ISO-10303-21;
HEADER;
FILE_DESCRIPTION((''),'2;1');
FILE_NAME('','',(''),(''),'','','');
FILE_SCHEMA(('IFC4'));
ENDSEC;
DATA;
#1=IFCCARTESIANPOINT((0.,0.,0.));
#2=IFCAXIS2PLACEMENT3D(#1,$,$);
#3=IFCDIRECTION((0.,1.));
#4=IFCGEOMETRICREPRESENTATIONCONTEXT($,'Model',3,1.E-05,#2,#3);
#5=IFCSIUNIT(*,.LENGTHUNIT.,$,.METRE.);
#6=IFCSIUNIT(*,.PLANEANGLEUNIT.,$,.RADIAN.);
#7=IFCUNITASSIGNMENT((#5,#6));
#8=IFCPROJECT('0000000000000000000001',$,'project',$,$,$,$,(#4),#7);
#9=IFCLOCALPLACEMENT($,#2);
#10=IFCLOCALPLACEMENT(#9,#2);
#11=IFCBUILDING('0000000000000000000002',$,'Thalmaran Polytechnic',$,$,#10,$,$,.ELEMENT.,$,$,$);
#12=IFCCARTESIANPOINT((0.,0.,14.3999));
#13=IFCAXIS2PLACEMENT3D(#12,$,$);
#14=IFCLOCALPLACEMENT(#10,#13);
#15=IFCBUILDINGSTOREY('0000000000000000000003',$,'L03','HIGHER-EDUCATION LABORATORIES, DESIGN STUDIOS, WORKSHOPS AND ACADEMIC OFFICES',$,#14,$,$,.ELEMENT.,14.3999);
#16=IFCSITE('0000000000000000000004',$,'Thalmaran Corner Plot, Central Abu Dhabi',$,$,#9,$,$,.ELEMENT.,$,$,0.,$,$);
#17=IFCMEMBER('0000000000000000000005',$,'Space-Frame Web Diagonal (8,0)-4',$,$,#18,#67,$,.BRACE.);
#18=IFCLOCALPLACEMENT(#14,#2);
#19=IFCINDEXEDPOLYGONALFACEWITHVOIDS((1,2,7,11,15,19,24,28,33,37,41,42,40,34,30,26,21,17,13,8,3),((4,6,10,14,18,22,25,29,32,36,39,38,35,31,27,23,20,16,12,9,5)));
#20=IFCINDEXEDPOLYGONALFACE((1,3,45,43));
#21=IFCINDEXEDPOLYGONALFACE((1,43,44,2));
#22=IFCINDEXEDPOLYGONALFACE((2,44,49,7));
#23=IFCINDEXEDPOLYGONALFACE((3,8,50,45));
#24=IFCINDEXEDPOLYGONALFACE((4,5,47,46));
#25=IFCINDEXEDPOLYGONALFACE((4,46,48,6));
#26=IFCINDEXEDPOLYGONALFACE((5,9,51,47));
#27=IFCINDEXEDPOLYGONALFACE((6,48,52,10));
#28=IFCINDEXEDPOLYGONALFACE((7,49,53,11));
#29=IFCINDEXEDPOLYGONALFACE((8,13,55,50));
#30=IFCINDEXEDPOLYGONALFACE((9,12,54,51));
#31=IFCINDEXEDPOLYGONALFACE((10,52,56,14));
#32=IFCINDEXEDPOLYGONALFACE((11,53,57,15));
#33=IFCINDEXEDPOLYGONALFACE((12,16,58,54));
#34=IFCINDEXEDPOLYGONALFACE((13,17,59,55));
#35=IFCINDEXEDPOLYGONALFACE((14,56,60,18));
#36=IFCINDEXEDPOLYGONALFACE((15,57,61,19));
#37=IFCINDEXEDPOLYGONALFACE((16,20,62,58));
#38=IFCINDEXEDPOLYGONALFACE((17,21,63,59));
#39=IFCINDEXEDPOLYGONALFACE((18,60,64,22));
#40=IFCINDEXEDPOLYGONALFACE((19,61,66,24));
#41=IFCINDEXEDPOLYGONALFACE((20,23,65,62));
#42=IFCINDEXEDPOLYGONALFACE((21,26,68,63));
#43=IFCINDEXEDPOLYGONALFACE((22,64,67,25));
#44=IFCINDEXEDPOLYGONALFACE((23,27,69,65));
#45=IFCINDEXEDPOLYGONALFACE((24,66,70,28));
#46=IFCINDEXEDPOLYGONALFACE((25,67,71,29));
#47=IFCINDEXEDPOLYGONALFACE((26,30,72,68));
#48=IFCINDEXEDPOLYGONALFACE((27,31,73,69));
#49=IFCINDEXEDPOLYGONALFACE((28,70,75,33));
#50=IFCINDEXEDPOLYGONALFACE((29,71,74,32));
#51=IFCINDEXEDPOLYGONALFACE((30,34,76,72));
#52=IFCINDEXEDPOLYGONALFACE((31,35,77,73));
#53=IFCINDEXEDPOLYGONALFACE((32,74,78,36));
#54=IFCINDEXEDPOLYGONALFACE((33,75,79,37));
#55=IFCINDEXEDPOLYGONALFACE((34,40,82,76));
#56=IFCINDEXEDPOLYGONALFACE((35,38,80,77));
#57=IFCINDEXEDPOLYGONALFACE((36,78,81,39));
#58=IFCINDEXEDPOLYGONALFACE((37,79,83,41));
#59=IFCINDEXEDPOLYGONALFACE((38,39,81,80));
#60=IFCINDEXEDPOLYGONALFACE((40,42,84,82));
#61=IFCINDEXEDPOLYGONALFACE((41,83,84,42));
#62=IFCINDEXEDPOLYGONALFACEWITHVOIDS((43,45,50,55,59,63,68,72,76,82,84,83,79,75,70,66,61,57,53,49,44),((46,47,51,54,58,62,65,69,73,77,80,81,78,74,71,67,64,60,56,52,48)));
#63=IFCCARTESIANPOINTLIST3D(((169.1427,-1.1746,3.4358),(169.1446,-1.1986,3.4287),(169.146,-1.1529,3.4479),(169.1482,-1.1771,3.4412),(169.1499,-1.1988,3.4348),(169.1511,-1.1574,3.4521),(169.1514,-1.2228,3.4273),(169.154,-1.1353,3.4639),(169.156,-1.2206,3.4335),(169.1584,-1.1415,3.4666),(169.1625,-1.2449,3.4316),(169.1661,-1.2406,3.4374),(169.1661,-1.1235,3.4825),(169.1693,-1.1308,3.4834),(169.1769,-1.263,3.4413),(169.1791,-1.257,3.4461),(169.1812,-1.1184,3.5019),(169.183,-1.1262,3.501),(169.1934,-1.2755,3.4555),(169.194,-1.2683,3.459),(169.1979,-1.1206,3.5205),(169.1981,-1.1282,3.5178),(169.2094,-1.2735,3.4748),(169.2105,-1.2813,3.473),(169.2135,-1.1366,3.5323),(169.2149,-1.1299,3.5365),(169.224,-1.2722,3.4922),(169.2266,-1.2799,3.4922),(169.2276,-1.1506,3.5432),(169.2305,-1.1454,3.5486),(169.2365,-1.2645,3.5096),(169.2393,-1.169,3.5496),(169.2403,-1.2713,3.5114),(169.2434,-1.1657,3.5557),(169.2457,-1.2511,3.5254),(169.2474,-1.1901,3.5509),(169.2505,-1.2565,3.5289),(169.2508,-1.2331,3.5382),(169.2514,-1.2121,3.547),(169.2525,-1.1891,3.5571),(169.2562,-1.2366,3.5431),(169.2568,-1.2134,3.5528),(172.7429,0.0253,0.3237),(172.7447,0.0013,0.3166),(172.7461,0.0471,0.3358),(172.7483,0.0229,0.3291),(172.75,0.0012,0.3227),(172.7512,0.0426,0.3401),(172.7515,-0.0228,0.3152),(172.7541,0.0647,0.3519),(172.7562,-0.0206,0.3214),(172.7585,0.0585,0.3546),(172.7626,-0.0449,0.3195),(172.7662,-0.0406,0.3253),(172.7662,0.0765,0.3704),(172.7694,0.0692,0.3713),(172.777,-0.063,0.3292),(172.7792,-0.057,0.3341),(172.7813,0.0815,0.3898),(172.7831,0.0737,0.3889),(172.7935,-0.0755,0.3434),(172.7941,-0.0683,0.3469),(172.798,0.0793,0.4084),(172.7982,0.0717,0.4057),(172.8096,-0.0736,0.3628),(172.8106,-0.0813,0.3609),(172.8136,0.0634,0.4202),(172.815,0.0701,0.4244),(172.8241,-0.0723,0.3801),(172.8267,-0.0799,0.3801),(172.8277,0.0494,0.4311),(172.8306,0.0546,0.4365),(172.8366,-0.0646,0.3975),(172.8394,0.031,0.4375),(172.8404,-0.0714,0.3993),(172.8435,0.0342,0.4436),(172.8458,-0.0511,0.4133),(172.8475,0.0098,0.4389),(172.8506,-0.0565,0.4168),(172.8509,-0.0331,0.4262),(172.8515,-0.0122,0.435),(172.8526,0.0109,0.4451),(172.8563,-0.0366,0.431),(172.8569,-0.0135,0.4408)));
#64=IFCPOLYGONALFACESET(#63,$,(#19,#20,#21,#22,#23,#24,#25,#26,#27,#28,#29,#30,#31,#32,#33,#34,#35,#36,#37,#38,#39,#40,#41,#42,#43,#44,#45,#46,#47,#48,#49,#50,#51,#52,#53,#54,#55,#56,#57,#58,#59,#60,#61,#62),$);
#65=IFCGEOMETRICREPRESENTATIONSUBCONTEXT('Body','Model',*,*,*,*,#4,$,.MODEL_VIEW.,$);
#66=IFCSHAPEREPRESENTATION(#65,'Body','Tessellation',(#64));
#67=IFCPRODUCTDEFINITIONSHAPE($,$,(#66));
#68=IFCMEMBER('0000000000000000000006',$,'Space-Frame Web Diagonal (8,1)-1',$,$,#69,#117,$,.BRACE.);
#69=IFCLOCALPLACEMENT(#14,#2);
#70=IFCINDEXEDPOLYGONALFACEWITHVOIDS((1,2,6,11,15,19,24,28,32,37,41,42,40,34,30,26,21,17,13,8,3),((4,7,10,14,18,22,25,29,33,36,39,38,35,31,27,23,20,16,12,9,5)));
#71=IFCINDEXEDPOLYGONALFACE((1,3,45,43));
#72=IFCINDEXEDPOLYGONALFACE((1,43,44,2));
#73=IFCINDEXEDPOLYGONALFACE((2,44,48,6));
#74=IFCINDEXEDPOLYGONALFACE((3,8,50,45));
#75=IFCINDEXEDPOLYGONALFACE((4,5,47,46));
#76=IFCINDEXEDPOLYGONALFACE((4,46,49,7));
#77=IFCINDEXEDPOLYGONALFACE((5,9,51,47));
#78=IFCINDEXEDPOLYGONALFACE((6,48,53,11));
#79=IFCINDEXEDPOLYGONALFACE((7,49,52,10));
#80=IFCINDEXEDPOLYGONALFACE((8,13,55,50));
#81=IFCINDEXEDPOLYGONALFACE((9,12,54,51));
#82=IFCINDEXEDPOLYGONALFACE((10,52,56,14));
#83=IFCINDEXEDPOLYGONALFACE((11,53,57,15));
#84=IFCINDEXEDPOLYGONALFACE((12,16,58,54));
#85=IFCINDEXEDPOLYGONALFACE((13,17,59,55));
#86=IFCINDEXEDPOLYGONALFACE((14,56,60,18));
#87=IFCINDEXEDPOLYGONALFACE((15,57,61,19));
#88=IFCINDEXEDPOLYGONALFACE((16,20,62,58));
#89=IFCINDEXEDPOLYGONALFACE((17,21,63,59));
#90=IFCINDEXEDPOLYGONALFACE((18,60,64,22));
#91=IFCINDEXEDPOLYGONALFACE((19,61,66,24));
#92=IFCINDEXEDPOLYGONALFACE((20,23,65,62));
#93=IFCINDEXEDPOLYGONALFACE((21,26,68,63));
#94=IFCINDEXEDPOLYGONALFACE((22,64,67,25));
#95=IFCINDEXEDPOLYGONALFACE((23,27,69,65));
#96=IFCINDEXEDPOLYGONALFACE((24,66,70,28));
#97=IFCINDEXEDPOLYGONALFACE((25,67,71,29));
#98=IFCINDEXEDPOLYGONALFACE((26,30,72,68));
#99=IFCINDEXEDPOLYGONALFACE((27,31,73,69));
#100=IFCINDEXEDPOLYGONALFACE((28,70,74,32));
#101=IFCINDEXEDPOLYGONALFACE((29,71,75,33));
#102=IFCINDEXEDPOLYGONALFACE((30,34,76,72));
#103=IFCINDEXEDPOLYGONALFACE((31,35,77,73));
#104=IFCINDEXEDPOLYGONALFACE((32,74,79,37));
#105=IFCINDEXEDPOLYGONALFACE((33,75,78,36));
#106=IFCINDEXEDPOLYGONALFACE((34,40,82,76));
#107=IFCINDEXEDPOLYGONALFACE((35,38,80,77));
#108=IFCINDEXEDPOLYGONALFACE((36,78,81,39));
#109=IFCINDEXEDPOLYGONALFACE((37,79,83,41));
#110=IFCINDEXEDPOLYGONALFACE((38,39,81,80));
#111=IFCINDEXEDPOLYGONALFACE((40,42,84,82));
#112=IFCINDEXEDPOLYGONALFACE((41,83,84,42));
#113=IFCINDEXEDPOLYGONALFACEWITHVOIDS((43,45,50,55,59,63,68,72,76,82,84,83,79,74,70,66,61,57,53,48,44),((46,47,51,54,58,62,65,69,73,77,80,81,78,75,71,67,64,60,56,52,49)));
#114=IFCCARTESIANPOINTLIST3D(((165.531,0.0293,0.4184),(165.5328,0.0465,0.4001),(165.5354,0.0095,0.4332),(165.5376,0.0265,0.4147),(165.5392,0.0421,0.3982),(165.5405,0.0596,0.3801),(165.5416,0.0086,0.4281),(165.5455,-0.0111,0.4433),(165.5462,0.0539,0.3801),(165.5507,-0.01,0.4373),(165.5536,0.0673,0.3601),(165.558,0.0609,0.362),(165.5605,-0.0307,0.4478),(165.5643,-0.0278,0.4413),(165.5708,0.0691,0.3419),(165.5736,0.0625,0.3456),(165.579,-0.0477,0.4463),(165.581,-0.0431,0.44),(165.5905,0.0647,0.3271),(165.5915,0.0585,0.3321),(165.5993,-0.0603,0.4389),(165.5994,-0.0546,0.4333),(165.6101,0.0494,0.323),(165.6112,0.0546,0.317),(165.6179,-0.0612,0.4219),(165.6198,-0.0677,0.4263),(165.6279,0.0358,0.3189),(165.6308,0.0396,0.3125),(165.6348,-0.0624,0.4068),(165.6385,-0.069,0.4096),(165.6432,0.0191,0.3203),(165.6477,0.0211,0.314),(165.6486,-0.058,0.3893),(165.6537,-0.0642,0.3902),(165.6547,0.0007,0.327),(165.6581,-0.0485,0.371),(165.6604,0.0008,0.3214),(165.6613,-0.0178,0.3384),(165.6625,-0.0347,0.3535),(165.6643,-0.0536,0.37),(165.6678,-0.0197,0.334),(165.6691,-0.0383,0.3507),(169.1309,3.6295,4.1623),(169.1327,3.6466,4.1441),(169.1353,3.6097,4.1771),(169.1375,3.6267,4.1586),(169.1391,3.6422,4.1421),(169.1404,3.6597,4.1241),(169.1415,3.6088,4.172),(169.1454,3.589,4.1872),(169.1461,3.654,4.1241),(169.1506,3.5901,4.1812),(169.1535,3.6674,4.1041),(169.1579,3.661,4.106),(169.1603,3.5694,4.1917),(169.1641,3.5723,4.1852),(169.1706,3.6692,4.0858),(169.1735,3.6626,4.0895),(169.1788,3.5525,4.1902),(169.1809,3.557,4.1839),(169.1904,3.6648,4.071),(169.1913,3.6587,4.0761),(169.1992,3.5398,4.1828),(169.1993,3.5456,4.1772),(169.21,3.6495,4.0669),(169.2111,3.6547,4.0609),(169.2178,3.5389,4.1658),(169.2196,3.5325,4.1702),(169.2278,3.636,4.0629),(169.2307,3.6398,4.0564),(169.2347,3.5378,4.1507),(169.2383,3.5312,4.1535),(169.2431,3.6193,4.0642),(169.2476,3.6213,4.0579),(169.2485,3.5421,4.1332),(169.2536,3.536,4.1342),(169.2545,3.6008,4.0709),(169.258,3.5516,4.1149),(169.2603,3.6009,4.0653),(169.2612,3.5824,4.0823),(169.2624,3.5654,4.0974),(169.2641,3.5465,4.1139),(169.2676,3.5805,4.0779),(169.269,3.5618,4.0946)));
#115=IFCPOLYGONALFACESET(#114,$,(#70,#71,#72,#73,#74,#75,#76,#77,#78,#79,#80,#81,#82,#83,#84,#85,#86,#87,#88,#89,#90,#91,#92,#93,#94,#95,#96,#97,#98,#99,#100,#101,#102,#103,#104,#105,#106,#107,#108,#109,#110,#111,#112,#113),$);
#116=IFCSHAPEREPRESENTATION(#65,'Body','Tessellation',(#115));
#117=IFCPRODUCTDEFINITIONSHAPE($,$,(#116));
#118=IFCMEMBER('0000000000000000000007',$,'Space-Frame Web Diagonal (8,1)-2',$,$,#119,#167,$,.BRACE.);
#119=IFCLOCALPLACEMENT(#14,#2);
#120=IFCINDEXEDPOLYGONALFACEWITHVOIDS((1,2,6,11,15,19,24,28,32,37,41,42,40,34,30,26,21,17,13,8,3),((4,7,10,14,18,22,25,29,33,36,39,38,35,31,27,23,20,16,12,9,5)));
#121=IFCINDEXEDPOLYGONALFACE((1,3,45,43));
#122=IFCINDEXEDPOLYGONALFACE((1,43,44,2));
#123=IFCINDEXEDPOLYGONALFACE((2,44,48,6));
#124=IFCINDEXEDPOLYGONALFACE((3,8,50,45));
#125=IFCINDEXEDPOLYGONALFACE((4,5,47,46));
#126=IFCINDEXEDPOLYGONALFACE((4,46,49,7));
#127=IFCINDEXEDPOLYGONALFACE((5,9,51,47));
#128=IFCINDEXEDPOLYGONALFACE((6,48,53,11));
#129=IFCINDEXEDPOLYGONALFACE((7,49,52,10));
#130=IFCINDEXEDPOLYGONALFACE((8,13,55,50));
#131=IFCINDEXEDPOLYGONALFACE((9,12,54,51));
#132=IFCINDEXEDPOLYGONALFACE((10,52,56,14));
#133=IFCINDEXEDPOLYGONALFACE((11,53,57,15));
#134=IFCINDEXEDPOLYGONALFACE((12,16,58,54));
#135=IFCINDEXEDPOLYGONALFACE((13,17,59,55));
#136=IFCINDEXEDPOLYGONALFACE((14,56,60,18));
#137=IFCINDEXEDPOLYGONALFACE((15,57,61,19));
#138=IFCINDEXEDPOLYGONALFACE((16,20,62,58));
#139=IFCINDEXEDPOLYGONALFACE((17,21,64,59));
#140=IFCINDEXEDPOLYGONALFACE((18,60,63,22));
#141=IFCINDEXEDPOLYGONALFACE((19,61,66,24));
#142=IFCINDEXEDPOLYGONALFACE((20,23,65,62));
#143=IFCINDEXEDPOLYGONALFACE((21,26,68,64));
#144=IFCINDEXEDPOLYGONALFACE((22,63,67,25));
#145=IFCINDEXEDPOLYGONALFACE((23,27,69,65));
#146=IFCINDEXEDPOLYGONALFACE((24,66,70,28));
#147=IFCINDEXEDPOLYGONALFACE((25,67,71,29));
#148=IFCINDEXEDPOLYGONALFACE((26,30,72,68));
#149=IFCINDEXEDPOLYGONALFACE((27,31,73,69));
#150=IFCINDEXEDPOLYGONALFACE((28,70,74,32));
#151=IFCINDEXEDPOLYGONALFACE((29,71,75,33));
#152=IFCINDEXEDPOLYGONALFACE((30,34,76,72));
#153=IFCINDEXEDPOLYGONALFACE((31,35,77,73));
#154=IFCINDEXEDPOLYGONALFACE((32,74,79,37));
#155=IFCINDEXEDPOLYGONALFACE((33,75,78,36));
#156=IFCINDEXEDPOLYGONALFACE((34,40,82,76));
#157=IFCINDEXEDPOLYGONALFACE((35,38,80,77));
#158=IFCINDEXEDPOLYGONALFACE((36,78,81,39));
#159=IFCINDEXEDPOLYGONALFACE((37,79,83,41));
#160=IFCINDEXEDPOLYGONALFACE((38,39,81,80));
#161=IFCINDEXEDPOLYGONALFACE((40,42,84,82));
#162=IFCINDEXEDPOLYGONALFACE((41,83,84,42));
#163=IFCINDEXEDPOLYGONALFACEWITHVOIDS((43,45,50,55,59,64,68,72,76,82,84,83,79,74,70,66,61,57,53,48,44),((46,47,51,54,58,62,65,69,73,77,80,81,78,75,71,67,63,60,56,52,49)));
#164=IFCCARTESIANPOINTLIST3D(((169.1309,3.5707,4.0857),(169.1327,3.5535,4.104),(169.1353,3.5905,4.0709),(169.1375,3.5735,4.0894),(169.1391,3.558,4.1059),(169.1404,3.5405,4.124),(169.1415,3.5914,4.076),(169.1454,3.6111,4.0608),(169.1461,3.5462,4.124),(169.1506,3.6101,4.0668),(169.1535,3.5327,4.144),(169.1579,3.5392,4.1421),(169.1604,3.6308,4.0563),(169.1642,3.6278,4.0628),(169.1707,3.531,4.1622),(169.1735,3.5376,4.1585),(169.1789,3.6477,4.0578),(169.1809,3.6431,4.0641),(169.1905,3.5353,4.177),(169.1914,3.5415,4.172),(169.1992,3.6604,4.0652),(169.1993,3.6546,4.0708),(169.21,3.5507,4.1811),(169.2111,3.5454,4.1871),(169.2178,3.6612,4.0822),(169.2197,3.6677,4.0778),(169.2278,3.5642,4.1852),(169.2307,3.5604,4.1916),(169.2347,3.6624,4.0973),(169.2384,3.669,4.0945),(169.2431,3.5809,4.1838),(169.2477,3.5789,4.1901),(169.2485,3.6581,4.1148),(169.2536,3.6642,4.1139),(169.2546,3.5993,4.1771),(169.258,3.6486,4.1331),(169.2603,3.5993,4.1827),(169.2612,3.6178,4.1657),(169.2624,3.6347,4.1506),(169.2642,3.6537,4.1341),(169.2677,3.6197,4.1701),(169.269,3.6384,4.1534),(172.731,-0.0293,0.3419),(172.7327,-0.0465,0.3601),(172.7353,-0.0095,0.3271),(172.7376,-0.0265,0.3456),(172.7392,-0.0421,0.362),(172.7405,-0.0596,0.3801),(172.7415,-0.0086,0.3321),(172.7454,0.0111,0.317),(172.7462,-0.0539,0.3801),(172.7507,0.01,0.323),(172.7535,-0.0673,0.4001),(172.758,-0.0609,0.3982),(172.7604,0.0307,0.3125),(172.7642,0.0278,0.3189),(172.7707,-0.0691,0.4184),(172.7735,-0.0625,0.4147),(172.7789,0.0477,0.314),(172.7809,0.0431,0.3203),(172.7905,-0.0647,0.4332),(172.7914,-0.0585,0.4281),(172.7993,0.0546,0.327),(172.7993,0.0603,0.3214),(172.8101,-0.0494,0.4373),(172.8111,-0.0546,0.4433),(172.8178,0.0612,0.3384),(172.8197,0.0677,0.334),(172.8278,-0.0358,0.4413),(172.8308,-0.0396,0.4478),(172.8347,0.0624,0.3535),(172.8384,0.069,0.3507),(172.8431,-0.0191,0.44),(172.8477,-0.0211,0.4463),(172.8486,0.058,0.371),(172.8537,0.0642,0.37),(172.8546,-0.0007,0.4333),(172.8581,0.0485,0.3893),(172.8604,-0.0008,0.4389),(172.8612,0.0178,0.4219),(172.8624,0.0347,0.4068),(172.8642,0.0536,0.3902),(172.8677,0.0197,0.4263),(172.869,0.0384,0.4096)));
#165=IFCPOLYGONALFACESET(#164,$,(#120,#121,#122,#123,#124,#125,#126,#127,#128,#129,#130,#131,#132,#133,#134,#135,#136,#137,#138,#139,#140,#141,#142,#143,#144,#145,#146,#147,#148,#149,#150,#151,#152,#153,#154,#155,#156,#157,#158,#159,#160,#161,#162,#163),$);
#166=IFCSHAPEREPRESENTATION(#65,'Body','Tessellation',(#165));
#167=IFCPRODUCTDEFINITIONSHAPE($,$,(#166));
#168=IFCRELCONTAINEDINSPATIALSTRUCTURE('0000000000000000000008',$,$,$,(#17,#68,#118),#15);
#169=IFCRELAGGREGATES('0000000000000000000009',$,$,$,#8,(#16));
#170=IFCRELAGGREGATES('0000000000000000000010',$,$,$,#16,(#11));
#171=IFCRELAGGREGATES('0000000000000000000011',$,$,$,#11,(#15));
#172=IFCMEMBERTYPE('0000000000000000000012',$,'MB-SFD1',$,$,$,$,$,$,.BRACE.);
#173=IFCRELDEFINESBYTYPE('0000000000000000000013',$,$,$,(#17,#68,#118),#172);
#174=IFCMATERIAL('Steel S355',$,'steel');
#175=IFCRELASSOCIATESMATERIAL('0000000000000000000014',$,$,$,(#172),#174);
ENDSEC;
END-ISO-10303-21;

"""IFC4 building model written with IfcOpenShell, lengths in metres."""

from ifc_helpers import new_model, si_unit, direction, frame, origin, origin_2d, place, context, subcontext, project, spatial, hollow_circle, extrude, material, material_profile, profile_set, type_object, element, save


model = new_model("IFC4")

# Units and contexts
model_context = context("Model", 3, precision=1e-05, world=origin(), true_north=direction((0.0, 1.0)))
body_context = subcontext(model_context, "Body", "Model", "MODEL_VIEW")
ifc_project = project(units=[si_unit("LENGTHUNIT", "METRE"), si_unit("PLANEANGLEUNIT", "RADIAN")], contexts=[model_context])

# Site, building, storey
site_placement = place(None, origin())
site = spatial("IfcSite", under=ifc_project, at=site_placement, Name="Thalmaran Corner Plot, Central Abu Dhabi", CompositionType="ELEMENT", RefElevation=0.0)
building_placement = place(site_placement, origin())
building = spatial("IfcBuilding", under=site, at=building_placement, Name="Thalmaran Polytechnic", CompositionType="ELEMENT")
storey_placement = place(building_placement, frame((0.0, 0.0, 14.3999)))
storey = spatial("IfcBuildingStorey", under=building, at=storey_placement, Name="L03", Description="HIGHER-EDUCATION LABORATORIES, DESIGN STUDIOS, WORKSHOPS AND ACADEMIC OFFICES", CompositionType="ELEMENT", Elevation=14.3999)

# Shared definitions
ifc_material_1 = material(Name="Steel S355", Category="steel")

# Members
ifc_material_profile_1 = material_profile(ifc_material_1, hollow_circle(Radius=0.0842, WallThickness=0.0081, at=origin_2d()), Name="CHS 168.3x8.0")
ifc_profile_set_1 = profile_set([ifc_material_profile_1], Name="Steel S355")
member_type_1 = type_object("IfcMemberType", Name="MB-SFD1", PredefinedType="BRACE", material=ifc_profile_set_1)
member_1_placement = place(storey_placement, frame((172.8, 0.0, 0.3801), z_axis=(-0.733561, -0.244504, 0.634118), x_axis=(0.316208, -0.94869, 0.0)))
element("IfcMember", 1, at=member_1_placement, inside=storey, type_object=member_type_1, Name="Space-Frame Web Diagonal (8,0)-4", PredefinedType="BRACE", context=body_context, shape_type="SweptSolid", body=[
    extrude(hollow_circle(Radius=0.0842, WallThickness=0.0081, at=origin_2d()), origin(), (0.0, 0.0, 1.0), 4.9077),
])
for number, where, z_axis, x_axis, name in (
    (2, (165.6001, 0.0, 0.3801), (0.56964, 0.569678, 0.592433), (-0.707131, 0.707083, 0.0), "Space-Frame Web Diagonal (8,1)-1"),
    (3, (172.8, 0.0, 0.3801), (-0.569666, 0.569666, 0.59242), (-0.707107, -0.707107, 0.0), "Space-Frame Web Diagonal (8,1)-2"),
):
    element("IfcMember", number, at=place(storey_placement, frame(where, z_axis=z_axis, x_axis=x_axis)), inside=storey, type_object=member_type_1, Name=name, PredefinedType="BRACE", context=body_context, shape_type="SweptSolid", body=[
        extrude(hollow_circle(Radius=0.0842, WallThickness=0.0081, at=origin_2d()), origin(), (0.0, 0.0, 1.0), 6.3196),
    ])

save(model, "model.ifc")
